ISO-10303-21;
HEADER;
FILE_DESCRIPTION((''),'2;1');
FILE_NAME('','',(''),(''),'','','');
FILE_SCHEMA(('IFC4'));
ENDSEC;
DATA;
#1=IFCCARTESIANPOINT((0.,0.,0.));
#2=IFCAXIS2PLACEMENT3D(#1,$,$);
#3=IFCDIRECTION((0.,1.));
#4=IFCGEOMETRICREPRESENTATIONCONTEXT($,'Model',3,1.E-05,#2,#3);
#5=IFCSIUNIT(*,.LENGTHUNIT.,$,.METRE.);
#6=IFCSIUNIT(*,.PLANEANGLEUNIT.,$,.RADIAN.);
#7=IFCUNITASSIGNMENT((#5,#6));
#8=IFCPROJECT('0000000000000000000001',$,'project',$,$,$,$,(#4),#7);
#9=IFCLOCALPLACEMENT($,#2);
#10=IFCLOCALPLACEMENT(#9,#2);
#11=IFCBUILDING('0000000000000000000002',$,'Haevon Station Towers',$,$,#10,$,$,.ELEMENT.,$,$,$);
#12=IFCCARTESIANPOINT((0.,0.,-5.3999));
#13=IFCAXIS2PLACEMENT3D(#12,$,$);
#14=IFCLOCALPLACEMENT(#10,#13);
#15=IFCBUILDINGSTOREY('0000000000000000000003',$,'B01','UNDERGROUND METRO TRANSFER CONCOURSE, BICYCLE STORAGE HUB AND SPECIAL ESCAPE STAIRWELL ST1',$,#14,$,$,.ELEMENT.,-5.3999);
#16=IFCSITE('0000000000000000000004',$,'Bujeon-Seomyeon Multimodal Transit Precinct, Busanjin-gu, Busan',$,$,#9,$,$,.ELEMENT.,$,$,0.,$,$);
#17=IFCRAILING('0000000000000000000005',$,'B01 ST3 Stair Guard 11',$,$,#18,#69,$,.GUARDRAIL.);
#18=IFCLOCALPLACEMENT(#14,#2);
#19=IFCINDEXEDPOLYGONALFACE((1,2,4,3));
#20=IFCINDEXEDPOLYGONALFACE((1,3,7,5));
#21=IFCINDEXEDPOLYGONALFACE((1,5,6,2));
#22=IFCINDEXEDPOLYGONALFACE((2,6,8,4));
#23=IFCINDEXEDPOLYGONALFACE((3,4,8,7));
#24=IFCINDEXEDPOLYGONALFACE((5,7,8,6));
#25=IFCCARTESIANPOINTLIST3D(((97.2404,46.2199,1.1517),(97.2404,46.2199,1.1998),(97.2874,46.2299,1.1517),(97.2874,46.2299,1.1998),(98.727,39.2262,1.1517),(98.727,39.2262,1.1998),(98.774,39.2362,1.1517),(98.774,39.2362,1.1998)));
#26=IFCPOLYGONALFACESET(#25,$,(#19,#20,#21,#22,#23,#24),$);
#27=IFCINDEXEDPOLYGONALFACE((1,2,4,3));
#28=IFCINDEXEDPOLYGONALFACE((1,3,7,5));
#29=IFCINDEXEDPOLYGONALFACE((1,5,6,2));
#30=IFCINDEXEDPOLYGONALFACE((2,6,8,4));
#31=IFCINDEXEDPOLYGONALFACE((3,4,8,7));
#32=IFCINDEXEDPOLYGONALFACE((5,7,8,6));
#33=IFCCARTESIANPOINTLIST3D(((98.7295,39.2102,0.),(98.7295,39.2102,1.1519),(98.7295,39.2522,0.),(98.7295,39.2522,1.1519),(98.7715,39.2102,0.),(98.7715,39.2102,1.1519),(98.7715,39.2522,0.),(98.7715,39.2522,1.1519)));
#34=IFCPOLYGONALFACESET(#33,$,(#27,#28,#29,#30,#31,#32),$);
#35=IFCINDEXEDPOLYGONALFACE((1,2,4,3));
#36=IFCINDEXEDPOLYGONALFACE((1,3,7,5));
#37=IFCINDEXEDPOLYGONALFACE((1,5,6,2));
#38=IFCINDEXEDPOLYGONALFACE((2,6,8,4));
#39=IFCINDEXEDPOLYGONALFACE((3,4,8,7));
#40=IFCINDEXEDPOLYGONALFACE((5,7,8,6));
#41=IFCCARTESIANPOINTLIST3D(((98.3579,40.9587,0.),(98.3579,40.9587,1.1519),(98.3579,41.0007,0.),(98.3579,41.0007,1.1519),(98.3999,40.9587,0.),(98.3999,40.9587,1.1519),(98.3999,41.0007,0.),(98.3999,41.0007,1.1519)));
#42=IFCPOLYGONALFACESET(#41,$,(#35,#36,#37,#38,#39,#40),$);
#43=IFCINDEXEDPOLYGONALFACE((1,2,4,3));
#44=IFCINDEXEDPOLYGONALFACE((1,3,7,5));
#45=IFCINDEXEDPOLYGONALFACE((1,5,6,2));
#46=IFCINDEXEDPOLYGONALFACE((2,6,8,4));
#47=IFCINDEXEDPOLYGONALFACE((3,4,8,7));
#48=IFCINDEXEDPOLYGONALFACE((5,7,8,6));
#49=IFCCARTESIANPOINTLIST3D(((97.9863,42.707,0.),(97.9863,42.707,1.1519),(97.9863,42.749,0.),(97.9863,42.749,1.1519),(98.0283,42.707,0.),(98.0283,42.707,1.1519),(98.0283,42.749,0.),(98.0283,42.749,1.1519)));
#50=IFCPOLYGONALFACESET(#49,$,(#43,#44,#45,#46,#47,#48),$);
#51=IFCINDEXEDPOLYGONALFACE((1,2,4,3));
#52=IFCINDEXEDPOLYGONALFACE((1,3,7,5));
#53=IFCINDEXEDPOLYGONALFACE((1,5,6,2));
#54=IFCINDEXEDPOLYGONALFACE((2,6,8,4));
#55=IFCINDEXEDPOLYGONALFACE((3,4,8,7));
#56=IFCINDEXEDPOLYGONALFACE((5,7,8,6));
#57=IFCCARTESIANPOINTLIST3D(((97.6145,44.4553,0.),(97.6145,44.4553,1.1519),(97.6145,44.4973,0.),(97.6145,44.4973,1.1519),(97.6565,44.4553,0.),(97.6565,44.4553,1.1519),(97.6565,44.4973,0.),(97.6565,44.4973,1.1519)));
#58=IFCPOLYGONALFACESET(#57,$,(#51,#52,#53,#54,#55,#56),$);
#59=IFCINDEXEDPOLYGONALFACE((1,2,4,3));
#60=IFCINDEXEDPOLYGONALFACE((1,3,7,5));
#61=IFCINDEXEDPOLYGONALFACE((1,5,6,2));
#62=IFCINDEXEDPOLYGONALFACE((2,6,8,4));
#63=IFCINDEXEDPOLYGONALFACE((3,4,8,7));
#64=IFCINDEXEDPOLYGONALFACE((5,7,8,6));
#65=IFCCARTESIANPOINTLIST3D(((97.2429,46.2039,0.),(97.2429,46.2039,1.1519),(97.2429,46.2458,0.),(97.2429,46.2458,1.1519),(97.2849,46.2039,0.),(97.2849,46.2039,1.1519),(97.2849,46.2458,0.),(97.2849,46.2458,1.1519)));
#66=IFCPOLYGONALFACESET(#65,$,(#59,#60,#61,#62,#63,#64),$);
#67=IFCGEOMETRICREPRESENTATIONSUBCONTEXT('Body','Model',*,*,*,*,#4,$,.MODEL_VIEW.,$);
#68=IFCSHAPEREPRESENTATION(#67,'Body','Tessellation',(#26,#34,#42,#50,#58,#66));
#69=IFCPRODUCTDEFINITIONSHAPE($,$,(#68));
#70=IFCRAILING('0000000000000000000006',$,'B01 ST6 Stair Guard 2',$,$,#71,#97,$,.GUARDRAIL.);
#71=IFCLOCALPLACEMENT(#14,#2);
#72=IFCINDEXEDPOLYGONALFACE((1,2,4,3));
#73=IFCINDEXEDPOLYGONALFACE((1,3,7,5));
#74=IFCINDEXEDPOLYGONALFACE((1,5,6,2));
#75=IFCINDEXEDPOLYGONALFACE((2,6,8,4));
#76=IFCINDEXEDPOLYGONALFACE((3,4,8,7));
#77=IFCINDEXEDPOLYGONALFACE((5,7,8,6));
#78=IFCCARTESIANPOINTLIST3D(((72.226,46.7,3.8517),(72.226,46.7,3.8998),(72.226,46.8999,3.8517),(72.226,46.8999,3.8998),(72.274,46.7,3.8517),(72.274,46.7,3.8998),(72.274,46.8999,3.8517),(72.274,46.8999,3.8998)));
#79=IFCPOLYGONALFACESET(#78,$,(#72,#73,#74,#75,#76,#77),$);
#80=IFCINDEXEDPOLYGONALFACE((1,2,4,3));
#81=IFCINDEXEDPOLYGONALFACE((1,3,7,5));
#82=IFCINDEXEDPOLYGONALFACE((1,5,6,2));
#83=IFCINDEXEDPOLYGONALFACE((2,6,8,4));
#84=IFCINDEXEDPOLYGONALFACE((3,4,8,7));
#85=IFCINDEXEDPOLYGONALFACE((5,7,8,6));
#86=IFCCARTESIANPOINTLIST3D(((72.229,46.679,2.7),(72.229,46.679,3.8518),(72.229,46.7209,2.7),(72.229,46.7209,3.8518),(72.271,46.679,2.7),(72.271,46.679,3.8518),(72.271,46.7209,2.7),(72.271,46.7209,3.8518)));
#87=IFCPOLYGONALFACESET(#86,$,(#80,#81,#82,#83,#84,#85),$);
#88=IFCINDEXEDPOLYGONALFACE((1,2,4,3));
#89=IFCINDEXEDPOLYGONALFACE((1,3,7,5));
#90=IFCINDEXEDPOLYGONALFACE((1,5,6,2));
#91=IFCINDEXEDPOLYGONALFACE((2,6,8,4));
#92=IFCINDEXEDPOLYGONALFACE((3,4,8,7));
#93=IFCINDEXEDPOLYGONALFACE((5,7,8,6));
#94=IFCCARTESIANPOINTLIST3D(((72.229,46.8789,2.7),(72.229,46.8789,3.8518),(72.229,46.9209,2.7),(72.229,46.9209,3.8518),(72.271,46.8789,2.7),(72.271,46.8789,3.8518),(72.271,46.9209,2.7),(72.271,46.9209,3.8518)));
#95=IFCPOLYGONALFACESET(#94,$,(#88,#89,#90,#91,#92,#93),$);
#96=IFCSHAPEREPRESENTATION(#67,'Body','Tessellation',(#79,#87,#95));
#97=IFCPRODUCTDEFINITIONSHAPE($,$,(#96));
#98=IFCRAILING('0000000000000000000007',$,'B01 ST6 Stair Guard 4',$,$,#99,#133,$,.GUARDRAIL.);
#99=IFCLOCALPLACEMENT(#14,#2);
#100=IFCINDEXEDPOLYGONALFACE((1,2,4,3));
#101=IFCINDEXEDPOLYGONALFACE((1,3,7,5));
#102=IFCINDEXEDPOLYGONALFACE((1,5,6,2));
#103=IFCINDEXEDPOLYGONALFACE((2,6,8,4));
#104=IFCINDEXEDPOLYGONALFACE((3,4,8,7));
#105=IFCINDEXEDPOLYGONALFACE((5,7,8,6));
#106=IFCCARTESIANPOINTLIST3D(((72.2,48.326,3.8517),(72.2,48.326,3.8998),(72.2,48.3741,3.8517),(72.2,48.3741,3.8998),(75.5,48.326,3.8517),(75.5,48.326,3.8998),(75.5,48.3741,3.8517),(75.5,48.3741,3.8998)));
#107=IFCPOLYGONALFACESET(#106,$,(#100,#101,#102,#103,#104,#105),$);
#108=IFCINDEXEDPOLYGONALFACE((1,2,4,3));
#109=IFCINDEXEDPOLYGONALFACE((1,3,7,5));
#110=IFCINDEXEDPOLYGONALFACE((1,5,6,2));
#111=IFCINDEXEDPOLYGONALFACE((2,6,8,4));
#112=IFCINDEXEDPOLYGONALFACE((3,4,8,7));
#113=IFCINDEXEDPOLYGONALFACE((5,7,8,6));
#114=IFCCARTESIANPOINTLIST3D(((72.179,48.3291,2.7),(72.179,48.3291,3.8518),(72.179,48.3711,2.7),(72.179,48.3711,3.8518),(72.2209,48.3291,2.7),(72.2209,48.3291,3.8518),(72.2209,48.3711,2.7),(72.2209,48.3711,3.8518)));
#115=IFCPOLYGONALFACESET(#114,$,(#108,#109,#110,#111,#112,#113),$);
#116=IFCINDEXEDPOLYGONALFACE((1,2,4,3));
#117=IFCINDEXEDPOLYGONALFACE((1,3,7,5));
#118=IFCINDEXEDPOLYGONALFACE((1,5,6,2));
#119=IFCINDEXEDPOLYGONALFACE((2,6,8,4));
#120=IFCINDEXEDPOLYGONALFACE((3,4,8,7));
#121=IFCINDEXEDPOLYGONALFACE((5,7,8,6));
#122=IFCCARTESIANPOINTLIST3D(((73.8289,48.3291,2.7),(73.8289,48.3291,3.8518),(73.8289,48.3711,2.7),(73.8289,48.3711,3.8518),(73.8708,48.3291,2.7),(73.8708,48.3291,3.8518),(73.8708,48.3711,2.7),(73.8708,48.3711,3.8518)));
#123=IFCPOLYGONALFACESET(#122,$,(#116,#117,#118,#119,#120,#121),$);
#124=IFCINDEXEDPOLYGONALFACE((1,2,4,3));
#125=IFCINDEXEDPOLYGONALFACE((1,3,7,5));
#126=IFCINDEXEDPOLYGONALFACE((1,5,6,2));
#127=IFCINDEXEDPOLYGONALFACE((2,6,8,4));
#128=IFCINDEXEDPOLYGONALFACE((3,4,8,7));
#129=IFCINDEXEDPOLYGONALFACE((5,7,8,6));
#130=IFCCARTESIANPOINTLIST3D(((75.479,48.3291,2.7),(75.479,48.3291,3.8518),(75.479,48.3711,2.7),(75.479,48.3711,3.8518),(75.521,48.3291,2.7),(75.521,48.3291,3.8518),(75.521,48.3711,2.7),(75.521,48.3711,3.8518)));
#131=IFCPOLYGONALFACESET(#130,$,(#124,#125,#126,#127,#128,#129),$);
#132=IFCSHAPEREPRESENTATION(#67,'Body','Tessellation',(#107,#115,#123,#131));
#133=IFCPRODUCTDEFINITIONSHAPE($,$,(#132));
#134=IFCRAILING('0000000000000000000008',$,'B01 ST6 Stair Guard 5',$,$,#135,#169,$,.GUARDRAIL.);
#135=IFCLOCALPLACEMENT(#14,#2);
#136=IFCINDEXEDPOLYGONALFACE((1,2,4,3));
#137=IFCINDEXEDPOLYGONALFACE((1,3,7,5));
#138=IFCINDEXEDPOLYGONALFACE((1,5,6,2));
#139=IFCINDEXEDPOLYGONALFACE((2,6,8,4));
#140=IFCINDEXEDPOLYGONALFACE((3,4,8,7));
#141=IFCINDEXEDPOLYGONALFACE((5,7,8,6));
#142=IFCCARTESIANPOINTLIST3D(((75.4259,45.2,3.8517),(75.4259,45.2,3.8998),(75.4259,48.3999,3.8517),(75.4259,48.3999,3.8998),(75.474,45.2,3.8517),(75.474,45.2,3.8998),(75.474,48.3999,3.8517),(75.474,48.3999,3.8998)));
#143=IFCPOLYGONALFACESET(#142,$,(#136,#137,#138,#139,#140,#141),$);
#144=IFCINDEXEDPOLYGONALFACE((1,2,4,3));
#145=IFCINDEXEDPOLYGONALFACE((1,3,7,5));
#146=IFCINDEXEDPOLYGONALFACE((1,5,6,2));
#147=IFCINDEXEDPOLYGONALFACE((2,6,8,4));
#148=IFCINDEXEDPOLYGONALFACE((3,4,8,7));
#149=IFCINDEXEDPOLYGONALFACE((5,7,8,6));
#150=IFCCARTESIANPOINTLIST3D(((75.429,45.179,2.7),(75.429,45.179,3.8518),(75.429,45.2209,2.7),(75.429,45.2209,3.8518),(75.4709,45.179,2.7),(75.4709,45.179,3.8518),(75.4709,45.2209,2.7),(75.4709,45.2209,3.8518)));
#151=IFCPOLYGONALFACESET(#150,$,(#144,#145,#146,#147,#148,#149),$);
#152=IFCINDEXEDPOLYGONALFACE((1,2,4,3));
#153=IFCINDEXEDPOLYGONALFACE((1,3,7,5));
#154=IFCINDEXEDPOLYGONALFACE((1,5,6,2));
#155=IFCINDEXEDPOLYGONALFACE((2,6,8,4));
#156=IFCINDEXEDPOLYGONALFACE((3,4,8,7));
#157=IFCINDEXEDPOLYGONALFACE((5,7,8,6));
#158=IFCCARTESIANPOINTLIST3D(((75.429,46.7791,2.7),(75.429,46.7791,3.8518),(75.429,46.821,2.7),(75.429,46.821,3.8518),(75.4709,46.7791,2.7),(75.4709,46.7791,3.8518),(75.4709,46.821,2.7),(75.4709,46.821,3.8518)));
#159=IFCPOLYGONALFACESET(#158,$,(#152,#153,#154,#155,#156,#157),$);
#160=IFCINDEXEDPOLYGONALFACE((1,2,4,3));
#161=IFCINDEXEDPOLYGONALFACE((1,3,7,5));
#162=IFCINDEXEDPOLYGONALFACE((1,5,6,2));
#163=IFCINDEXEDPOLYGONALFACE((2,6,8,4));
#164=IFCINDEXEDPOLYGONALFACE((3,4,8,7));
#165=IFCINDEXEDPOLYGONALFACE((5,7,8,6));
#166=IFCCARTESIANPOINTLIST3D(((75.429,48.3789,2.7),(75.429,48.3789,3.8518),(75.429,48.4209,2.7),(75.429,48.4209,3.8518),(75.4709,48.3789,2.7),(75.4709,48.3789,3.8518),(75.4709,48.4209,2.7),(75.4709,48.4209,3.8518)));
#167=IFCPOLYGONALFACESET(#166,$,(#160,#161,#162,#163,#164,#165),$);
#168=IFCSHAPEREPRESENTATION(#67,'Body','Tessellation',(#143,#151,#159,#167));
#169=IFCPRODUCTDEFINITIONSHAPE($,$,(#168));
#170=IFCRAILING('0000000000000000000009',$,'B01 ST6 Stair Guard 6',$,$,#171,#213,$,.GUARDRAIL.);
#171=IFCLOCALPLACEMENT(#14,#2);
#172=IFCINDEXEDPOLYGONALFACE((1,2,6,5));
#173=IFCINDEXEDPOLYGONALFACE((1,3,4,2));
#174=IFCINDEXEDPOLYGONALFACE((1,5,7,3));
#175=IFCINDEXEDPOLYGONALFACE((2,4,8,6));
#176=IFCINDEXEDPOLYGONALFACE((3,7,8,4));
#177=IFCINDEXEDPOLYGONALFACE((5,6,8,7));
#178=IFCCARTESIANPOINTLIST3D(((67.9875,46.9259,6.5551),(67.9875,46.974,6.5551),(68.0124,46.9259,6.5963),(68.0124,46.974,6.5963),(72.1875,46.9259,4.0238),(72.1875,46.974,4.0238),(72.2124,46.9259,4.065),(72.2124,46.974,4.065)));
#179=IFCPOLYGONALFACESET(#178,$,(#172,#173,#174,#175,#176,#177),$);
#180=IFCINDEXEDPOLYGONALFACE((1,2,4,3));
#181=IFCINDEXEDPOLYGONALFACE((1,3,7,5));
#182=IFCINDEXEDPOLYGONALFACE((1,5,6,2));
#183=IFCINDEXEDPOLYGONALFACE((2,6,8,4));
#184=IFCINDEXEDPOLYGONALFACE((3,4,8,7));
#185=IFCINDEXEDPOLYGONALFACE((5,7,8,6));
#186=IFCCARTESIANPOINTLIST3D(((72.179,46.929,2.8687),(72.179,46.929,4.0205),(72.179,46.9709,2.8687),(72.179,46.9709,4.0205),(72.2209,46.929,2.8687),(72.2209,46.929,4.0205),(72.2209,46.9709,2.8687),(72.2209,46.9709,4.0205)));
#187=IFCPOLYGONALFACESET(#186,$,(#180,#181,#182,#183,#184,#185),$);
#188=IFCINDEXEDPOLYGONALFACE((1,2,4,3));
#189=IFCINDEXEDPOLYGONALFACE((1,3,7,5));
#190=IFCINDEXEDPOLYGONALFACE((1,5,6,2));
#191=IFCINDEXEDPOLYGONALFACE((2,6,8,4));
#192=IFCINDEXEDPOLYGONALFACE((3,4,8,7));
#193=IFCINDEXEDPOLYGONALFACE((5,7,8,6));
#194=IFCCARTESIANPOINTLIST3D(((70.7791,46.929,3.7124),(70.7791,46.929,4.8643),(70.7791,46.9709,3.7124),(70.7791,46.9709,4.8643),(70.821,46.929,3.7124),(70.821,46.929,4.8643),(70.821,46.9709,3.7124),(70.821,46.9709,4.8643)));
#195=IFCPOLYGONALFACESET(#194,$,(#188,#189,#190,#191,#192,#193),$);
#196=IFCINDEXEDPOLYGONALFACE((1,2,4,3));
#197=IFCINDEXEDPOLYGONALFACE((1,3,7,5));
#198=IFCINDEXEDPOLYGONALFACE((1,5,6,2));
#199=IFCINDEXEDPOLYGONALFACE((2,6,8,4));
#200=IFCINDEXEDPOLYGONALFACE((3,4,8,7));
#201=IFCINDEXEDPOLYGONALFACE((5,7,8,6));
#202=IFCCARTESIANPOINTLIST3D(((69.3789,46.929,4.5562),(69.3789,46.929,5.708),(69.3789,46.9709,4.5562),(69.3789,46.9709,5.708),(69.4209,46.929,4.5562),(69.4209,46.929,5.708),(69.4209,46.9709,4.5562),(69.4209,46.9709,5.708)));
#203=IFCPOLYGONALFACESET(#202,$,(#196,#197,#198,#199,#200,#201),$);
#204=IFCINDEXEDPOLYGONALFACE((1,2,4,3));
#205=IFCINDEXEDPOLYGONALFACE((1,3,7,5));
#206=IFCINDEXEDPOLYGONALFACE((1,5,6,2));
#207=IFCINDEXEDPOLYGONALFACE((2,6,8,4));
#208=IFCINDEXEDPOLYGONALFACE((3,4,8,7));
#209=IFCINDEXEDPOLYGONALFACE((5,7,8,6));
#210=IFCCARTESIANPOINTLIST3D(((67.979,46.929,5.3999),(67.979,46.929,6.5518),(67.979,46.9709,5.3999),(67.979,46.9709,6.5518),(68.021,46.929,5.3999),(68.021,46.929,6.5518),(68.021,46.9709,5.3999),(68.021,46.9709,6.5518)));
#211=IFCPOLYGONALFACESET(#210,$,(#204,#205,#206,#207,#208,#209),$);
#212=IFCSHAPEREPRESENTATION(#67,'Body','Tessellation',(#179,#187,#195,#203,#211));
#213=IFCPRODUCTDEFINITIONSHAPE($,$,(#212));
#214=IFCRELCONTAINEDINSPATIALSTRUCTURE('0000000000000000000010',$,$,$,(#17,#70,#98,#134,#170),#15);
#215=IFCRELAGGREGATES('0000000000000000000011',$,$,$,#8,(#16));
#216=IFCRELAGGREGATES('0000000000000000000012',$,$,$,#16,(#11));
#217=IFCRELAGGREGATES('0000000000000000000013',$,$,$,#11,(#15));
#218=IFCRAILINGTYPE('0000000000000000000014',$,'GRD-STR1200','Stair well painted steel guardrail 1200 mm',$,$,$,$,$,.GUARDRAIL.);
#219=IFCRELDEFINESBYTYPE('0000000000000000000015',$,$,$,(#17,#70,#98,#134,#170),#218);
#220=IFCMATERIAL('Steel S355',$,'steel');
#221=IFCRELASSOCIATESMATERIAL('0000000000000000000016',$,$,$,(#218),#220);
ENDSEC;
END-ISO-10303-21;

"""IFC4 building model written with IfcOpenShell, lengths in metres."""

from ifc_helpers import new_model, si_unit, direction, frame, origin, origin_2d, place, context, subcontext, project, spatial, rectangle, extrude, material, type_object, element, save


model = new_model("IFC4")

# Units and contexts
model_context = context("Model", 3, precision=1e-05, world=origin(), true_north=direction((0.0, 1.0)))
body_context = subcontext(model_context, "Body", "Model", "MODEL_VIEW")
ifc_project = project(units=[si_unit("LENGTHUNIT", "METRE"), si_unit("PLANEANGLEUNIT", "RADIAN")], contexts=[model_context])

# Site, building, storey
site_placement = place(None, origin())
site = spatial("IfcSite", under=ifc_project, at=site_placement, Name="Bujeon-Seomyeon Multimodal Transit Precinct, Busanjin-gu, Busan", CompositionType="ELEMENT", RefElevation=0.0)
building_placement = place(site_placement, origin())
building = spatial("IfcBuilding", under=site, at=building_placement, Name="Haevon Station Towers", CompositionType="ELEMENT")
storey_placement = place(building_placement, frame((0.0, 0.0, -5.3999)))
storey = spatial("IfcBuildingStorey", under=building, at=storey_placement, Name="B01", Description="UNDERGROUND METRO TRANSFER CONCOURSE, BICYCLE STORAGE HUB AND SPECIAL ESCAPE STAIRWELL ST1", CompositionType="ELEMENT", Elevation=-5.3999)

# Shared definitions
ifc_material_1 = material(Name="Steel S355", Category="steel")

# Railings
railing_type_1 = type_object("IfcRailingType", Name="GRD-STR1200", Description="Stair well painted steel guardrail 1200 mm", PredefinedType="GUARDRAIL", material=ifc_material_1)
railing_1_placement = place(storey_placement, frame((98.7505, 39.2312, 0.0)))
element("IfcRailing", 1, at=railing_1_placement, inside=storey, type_object=railing_type_1, Name="B01 ST3 Stair Guard 11", PredefinedType="GUARDRAIL", context=body_context, shape_type="SweptSolid", body=[
    extrude(rectangle(XDim=0.0481, YDim=0.0481, at=origin_2d()), frame((0.0, 0.0, 1.1758), z_axis=(-0.207915, 0.978147, 0.0), x_axis=(-0.978147, -0.207915, 0.0)), (0.0, 0.0, 1.0), 7.1499),
    extrude(rectangle(XDim=0.042, YDim=0.042, at=origin_2d()), origin(), (0.0, 0.0, 1.0), 1.1519),
    extrude(rectangle(XDim=0.042, YDim=0.042, at=origin_2d()), frame((-0.3716, 1.7485, 0.0)), (0.0, 0.0, 1.0), 1.1519),
    extrude(rectangle(XDim=0.042, YDim=0.042, at=origin_2d()), frame((-0.7432, 3.4968, 0.0)), (0.0, 0.0, 1.0), 1.1519),
    extrude(rectangle(XDim=0.042, YDim=0.042, at=origin_2d()), frame((-1.115, 5.2451, 0.0)), (0.0, 0.0, 1.0), 1.1519),
    extrude(rectangle(XDim=0.042, YDim=0.042, at=origin_2d()), frame((-1.4866, 6.9937, 0.0)), (0.0, 0.0, 1.0), 1.1519),
])
railing_2_placement = place(storey_placement, frame((72.25, 46.7, 2.7)))
element("IfcRailing", 2, at=railing_2_placement, inside=storey, type_object=railing_type_1, Name="B01 ST6 Stair Guard 2", PredefinedType="GUARDRAIL", context=body_context, shape_type="SweptSolid", body=[
    extrude(rectangle(XDim=0.0481, YDim=0.0481, at=origin_2d()), frame((0.0, 0.0, 1.1758), z_axis=(0.0, 1.0, 0.0), x_axis=(-1.0, 0.0, 0.0)), (0.0, 0.0, 1.0), 0.2),
    extrude(rectangle(XDim=0.042, YDim=0.042, at=origin_2d()), origin(), (0.0, 0.0, 1.0), 1.1519),
    extrude(rectangle(XDim=0.042, YDim=0.042, at=origin_2d()), frame((0.0, 0.2, 0.0)), (0.0, 0.0, 1.0), 1.1519),
])
railing_3_placement = place(storey_placement, frame((72.2, 48.3501, 2.7)))
element("IfcRailing", 3, at=railing_3_placement, inside=storey, type_object=railing_type_1, Name="B01 ST6 Stair Guard 4", PredefinedType="GUARDRAIL", context=body_context, shape_type="SweptSolid", body=[
    extrude(rectangle(XDim=0.0481, YDim=0.0481, at=origin_2d()), frame((0.0, 0.0, 1.1758), z_axis=(1.0, 0.0, 0.0), x_axis=(0.0, 1.0, 0.0)), (0.0, 0.0, 1.0), 3.3),
    extrude(rectangle(XDim=0.042, YDim=0.042, at=origin_2d()), origin(), (0.0, 0.0, 1.0), 1.1519),
    extrude(rectangle(XDim=0.042, YDim=0.042, at=origin_2d()), frame((1.6499, 0.0, 0.0)), (0.0, 0.0, 1.0), 1.1519),
    extrude(rectangle(XDim=0.042, YDim=0.042, at=origin_2d()), frame((3.3, 0.0, 0.0)), (0.0, 0.0, 1.0), 1.1519),
])
railing_4_placement = place(storey_placement, frame((75.45, 45.2, 2.7)))
element("IfcRailing", 4, at=railing_4_placement, inside=storey, type_object=railing_type_1, Name="B01 ST6 Stair Guard 5", PredefinedType="GUARDRAIL", context=body_context, shape_type="SweptSolid", body=[
    extrude(rectangle(XDim=0.0481, YDim=0.0481, at=origin_2d()), frame((0.0, 0.0, 1.1758), z_axis=(0.0, 1.0, 0.0), x_axis=(-1.0, 0.0, 0.0)), (0.0, 0.0, 1.0), 3.2),
    extrude(rectangle(XDim=0.042, YDim=0.042, at=origin_2d()), origin(), (0.0, 0.0, 1.0), 1.1519),
    extrude(rectangle(XDim=0.042, YDim=0.042, at=origin_2d()), frame((0.0, 1.6001, 0.0)), (0.0, 0.0, 1.0), 1.1519),
    extrude(rectangle(XDim=0.042, YDim=0.042, at=origin_2d()), frame((0.0, 3.2, 0.0)), (0.0, 0.0, 1.0), 1.1519),
])
railing_5_placement = place(storey_placement, frame((72.2, 46.95, 2.8687)))
element("IfcRailing", 5, at=railing_5_placement, inside=storey, type_object=railing_type_1, Name="B01 ST6 Stair Guard 6", PredefinedType="GUARDRAIL", context=body_context, shape_type="SweptSolid", body=[
    extrude(rectangle(XDim=0.0481, YDim=0.0481, at=origin_2d()), frame((0.0, 0.0, 1.1758), z_axis=(-0.856476, 0.0, 0.516186), x_axis=(0.0, -1.0, 0.0)), (0.0, 0.0, 1.0), 4.9038),
    extrude(rectangle(XDim=0.042, YDim=0.042, at=origin_2d()), origin(), (0.0, 0.0, 1.0), 1.1519),
    extrude(rectangle(XDim=0.042, YDim=0.042, at=origin_2d()), frame((-1.3999, 0.0, 0.8438)), (0.0, 0.0, 1.0), 1.1519),
    extrude(rectangle(XDim=0.042, YDim=0.042, at=origin_2d()), frame((-2.8, 0.0, 1.6875)), (0.0, 0.0, 1.0), 1.1519),
    extrude(rectangle(XDim=0.042, YDim=0.042, at=origin_2d()), frame((-4.2, 0.0, 2.5312)), (0.0, 0.0, 1.0), 1.1519),
])

save(model, "model.ifc")
